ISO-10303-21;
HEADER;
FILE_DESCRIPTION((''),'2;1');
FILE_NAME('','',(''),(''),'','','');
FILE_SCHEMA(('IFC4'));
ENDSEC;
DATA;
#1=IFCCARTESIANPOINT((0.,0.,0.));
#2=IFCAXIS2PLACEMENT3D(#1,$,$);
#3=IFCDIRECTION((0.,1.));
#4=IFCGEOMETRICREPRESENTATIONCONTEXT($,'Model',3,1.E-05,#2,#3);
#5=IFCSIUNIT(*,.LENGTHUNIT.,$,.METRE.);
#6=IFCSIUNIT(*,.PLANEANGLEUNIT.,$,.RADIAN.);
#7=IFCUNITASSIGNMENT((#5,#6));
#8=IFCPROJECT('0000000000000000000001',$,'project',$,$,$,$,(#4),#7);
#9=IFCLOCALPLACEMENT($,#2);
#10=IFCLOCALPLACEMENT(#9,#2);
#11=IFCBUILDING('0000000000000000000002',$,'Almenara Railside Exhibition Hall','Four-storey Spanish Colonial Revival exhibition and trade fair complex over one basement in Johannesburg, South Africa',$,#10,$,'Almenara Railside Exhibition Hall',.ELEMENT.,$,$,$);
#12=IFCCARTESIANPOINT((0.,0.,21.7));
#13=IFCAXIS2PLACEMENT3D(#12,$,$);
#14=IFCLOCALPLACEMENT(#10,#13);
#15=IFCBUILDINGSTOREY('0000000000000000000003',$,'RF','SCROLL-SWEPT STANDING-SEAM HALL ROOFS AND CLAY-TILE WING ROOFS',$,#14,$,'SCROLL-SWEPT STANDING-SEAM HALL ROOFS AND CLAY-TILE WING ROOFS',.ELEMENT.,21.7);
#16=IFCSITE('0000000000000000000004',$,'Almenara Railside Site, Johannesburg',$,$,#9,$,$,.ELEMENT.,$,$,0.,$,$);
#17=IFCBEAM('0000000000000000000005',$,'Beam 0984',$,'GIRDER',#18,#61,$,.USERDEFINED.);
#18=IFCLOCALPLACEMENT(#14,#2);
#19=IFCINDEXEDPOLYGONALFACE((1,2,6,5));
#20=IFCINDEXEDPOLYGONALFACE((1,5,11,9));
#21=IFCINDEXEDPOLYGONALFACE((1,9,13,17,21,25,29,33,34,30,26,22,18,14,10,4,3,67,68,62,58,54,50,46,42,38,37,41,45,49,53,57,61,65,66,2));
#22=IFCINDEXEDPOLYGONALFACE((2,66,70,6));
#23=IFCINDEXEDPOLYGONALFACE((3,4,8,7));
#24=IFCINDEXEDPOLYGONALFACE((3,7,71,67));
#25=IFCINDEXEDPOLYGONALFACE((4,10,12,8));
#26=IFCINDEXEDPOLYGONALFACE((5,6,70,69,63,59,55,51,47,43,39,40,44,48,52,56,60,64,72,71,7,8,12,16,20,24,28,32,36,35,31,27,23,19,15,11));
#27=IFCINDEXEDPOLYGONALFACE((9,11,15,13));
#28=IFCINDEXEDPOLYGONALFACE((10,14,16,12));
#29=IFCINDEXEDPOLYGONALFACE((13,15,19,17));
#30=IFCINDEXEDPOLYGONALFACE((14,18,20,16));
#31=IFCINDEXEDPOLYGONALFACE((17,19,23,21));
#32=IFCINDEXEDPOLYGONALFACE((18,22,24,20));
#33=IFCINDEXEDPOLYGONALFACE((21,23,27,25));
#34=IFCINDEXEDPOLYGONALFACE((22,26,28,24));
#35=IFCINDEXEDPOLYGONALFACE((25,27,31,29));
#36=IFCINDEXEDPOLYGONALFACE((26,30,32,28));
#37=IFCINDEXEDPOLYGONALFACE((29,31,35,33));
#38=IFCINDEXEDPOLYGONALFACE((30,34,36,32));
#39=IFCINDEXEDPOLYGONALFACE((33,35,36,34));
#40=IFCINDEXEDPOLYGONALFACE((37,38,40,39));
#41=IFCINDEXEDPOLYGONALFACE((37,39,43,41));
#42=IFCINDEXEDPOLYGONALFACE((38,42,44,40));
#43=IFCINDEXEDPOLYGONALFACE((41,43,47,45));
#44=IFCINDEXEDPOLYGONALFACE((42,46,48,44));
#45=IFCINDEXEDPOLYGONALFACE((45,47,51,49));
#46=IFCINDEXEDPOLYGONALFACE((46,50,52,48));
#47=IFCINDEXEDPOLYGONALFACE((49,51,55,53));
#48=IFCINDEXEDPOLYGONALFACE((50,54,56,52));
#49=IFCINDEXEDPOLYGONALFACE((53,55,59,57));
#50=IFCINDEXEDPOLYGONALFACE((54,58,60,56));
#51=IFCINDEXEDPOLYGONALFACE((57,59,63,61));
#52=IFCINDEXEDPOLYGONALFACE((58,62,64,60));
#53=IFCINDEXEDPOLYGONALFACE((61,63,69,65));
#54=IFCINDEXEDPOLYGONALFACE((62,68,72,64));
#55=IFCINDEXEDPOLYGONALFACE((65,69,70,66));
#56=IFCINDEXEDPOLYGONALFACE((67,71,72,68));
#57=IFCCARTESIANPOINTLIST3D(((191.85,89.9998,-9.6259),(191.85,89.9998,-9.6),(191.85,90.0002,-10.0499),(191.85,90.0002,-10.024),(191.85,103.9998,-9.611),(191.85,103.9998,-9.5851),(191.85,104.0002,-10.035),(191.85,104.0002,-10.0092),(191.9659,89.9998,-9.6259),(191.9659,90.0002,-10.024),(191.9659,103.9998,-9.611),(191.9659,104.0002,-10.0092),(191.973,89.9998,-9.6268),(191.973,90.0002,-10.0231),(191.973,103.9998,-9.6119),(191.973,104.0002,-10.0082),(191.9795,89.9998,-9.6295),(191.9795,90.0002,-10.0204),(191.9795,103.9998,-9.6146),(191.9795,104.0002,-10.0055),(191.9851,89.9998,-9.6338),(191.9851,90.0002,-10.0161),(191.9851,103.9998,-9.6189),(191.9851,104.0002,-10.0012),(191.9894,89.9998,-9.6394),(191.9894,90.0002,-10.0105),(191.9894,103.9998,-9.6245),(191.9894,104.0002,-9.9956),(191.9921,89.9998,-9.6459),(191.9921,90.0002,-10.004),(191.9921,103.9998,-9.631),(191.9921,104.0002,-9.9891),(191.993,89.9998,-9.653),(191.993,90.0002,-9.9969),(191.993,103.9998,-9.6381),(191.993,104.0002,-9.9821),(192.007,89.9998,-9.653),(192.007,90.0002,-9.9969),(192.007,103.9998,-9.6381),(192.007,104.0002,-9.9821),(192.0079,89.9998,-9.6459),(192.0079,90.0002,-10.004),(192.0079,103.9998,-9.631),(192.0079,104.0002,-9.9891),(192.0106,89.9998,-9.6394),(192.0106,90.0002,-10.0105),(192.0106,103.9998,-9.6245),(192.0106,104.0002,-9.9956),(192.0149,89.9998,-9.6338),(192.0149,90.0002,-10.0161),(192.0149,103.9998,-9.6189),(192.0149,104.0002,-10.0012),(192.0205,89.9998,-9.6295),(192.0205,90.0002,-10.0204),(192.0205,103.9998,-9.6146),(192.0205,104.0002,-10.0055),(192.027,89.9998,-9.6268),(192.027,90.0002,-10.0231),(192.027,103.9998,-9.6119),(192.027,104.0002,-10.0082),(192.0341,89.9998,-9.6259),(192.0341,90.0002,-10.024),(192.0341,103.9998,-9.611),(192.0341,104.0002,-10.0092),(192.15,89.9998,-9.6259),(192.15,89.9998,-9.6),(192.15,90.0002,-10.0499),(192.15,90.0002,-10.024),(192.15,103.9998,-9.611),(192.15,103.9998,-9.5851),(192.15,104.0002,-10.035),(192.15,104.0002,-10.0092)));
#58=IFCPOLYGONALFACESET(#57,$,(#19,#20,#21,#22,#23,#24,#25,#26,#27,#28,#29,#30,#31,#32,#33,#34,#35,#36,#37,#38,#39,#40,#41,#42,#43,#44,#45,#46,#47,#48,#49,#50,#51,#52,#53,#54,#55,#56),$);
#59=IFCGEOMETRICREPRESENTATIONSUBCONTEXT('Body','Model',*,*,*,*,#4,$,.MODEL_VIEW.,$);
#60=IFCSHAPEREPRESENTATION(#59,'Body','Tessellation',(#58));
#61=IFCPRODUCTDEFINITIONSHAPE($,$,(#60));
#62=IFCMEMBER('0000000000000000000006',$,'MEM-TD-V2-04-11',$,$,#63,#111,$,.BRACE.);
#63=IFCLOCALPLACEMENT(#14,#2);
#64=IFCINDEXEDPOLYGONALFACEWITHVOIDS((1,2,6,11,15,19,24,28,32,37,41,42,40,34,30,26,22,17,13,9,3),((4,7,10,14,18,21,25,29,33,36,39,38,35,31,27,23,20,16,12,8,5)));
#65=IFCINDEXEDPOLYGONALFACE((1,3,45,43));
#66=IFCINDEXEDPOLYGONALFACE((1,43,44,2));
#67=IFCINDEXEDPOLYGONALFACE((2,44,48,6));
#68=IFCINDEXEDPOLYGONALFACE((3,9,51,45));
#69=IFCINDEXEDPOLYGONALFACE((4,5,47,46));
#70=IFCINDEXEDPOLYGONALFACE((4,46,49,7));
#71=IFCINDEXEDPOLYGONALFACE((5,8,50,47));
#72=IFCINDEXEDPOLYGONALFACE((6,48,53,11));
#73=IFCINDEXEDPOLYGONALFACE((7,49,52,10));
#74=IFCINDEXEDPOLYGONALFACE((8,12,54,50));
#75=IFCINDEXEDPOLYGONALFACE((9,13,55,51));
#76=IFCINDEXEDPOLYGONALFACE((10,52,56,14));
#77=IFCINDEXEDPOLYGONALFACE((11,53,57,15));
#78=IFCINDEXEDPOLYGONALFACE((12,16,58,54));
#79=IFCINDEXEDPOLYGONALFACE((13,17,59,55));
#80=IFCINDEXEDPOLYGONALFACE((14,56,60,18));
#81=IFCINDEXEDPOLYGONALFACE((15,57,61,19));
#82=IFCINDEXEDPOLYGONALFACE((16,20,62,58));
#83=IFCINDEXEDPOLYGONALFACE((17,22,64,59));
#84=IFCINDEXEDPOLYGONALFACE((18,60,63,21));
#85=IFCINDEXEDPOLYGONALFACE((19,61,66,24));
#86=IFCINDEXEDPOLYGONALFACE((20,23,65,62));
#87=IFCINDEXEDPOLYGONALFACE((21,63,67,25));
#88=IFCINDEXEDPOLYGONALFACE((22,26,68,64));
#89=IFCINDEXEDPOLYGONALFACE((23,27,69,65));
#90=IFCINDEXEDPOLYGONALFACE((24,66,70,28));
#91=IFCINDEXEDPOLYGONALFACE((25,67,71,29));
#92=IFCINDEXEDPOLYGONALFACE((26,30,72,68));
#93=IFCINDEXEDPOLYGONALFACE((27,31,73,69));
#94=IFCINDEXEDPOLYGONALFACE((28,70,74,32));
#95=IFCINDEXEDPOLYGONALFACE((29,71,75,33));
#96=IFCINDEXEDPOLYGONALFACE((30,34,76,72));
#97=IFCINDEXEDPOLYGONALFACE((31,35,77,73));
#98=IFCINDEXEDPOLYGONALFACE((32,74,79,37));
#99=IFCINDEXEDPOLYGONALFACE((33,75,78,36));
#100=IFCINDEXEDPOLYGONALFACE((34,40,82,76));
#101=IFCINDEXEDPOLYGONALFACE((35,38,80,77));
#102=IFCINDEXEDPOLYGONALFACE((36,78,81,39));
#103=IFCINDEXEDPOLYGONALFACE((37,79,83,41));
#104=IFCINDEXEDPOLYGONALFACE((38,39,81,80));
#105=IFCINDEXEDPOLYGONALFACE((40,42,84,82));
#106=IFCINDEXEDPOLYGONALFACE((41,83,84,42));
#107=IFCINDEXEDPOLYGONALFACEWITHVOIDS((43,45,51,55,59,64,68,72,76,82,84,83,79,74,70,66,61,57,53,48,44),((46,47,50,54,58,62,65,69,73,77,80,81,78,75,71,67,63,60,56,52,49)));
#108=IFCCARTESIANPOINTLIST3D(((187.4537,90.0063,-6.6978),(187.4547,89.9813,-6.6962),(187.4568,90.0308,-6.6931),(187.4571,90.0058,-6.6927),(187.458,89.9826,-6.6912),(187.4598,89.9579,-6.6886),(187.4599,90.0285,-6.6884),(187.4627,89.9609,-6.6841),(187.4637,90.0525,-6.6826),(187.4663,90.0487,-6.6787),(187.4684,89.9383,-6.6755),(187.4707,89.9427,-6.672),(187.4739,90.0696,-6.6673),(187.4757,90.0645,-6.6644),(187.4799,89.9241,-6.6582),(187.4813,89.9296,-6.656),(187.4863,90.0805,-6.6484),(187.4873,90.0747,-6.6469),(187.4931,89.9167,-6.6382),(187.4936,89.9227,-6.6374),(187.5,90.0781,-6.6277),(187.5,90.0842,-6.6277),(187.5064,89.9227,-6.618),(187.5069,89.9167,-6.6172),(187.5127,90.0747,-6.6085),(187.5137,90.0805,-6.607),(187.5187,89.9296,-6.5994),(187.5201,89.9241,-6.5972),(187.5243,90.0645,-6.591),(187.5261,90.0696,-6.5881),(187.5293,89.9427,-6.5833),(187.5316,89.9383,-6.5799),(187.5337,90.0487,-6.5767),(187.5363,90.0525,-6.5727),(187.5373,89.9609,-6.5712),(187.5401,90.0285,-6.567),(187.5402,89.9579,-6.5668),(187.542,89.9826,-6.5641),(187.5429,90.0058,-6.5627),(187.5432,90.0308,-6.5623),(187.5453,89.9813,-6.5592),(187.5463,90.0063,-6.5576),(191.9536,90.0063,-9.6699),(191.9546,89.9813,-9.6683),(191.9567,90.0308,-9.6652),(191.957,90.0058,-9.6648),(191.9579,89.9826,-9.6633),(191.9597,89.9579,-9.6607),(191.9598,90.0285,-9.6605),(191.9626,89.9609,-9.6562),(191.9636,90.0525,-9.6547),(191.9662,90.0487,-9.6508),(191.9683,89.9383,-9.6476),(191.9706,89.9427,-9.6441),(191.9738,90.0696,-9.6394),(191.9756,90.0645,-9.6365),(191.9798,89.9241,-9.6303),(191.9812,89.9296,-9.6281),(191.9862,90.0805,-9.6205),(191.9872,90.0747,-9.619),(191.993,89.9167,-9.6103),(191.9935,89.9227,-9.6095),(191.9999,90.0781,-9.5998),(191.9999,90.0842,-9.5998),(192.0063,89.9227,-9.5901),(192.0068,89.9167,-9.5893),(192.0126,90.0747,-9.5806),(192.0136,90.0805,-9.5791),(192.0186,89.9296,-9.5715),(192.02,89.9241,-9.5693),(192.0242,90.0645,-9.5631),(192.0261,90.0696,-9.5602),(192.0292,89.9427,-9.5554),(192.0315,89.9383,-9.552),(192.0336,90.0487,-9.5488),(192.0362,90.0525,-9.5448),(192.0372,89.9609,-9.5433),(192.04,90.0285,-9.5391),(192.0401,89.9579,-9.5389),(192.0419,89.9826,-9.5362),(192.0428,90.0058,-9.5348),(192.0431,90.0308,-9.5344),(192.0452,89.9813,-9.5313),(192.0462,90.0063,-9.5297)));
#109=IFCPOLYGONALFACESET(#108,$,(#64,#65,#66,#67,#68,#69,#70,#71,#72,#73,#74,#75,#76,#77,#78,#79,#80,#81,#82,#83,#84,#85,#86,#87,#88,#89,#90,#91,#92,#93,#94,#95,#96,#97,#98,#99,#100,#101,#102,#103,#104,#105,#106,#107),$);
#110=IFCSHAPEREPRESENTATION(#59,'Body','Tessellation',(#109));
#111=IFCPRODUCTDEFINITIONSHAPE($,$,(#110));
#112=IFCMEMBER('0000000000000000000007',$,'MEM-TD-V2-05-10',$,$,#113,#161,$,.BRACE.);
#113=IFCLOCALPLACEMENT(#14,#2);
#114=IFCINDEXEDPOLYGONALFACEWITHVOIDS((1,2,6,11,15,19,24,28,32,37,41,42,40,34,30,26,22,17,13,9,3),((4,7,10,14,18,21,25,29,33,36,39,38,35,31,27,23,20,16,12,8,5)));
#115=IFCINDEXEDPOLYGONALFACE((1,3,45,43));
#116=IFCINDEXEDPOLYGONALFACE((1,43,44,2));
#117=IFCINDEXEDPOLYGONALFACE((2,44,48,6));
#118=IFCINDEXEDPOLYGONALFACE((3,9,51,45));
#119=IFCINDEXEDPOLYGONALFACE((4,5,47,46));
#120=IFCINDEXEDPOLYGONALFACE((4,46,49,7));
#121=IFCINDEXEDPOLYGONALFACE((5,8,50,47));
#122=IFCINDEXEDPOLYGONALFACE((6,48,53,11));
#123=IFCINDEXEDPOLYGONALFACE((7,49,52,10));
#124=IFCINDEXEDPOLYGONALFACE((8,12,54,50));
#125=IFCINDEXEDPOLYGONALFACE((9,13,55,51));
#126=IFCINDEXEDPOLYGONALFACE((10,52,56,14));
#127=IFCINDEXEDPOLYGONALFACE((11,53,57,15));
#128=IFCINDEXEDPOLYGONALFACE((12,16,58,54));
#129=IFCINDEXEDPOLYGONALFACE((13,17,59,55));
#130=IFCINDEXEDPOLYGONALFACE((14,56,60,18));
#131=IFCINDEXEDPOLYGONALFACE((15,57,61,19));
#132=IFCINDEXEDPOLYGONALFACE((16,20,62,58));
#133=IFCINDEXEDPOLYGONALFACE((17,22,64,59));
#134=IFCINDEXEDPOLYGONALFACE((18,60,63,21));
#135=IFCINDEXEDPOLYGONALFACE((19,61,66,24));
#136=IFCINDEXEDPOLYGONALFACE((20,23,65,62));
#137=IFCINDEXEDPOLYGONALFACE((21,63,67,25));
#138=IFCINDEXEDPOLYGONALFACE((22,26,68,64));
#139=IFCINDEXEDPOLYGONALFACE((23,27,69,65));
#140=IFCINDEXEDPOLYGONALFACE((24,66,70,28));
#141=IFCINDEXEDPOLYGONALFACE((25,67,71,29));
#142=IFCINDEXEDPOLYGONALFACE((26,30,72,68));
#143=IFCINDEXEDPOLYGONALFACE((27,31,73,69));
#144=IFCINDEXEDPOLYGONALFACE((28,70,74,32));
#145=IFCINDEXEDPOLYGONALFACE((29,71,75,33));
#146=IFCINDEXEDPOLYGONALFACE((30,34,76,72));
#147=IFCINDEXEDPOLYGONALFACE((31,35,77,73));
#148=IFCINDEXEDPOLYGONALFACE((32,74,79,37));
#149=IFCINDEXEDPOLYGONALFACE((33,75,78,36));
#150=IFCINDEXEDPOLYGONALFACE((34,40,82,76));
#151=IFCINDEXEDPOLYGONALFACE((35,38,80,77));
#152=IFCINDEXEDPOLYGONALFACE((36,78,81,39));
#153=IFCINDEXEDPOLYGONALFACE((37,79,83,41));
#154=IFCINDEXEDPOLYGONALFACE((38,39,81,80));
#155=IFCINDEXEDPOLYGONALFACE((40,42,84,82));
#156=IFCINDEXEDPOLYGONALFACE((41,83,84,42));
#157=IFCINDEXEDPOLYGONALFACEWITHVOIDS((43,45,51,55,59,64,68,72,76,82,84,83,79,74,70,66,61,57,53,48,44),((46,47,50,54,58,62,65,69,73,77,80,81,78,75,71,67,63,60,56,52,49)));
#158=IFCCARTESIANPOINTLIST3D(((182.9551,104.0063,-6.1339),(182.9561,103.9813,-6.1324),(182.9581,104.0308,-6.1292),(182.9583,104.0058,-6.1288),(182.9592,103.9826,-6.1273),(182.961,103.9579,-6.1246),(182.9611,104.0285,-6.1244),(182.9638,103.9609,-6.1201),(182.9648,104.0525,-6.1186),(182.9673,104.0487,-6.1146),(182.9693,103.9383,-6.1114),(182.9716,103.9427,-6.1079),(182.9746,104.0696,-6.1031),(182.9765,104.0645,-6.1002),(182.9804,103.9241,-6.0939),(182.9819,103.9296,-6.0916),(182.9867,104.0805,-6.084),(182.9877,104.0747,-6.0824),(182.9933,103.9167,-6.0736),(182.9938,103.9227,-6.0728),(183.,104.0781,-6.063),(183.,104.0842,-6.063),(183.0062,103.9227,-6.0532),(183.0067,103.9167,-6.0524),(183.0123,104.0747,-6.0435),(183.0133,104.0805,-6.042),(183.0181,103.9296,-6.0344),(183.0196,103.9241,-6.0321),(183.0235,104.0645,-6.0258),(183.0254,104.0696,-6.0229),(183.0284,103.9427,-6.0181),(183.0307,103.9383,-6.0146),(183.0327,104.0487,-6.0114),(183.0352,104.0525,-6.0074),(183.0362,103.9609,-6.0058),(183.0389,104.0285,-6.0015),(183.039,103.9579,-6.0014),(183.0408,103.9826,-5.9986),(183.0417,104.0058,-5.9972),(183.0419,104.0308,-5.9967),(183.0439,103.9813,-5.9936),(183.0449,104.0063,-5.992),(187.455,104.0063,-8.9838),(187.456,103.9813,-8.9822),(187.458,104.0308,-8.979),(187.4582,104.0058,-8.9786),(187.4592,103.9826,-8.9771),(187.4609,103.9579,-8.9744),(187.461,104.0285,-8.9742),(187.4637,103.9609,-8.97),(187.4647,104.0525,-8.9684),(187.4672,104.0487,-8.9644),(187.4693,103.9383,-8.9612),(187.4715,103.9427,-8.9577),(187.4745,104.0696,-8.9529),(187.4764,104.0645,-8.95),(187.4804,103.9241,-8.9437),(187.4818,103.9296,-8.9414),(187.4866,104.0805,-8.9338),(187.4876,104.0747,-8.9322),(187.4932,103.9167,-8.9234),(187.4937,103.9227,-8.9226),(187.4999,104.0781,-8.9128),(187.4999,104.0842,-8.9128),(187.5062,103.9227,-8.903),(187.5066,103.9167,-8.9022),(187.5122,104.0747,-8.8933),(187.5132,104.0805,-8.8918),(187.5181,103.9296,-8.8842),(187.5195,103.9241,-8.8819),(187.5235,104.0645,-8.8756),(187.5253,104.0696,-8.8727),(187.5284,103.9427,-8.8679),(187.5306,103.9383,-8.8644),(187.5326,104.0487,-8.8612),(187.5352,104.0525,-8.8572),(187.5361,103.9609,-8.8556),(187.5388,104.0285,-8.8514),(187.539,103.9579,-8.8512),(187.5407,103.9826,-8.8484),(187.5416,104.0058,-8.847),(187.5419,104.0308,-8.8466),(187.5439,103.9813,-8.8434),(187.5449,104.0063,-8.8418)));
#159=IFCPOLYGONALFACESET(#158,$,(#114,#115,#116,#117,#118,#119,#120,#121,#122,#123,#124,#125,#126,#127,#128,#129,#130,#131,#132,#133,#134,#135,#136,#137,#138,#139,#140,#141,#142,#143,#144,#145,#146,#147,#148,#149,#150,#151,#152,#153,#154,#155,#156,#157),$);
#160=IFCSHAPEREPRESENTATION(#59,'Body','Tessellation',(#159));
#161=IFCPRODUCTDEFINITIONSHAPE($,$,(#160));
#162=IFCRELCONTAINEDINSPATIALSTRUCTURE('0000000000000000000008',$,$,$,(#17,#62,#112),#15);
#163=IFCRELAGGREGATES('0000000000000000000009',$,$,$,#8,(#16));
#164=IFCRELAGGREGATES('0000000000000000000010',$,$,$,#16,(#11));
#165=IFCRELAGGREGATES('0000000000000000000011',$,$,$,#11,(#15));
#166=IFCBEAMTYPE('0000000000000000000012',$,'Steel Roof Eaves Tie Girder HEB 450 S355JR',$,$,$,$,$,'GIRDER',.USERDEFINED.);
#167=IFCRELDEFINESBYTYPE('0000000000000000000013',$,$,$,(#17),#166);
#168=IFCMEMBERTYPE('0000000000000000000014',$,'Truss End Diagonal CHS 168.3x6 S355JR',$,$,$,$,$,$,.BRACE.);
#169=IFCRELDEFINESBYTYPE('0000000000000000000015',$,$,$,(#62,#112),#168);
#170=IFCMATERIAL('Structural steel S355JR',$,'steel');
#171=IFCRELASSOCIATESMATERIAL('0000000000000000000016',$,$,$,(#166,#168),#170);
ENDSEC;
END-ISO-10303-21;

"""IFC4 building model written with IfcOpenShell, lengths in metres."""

from ifc_helpers import new_model, si_unit, direction, frame, origin, origin_2d, place, context, subcontext, project, spatial, hollow_circle, i_section, extrude, material, material_profile, profile_set, type_object, element, save


model = new_model("IFC4")

# Units and contexts
model_context = context("Model", 3, precision=1e-05, world=origin(), true_north=direction((0.0, 1.0)))
body_context = subcontext(model_context, "Body", "Model", "MODEL_VIEW")
ifc_project = project(units=[si_unit("LENGTHUNIT", "METRE"), si_unit("PLANEANGLEUNIT", "RADIAN")], contexts=[model_context])

# Site, building, storey
site_placement = place(None, origin())
site = spatial("IfcSite", under=ifc_project, at=site_placement, Name="Almenara Railside Site, Johannesburg", CompositionType="ELEMENT", RefElevation=0.0)
building_placement = place(site_placement, origin())
building = spatial("IfcBuilding", under=site, at=building_placement, Name="Almenara Railside Exhibition Hall", Description="Four-storey Spanish Colonial Revival exhibition and trade fair complex over one basement in Johannesburg, South Africa", LongName="Almenara Railside Exhibition Hall", CompositionType="ELEMENT")
storey_placement = place(building_placement, frame((0.0, 0.0, 21.7)))
storey = spatial("IfcBuildingStorey", under=building, at=storey_placement, Name="RF", Description="SCROLL-SWEPT STANDING-SEAM HALL ROOFS AND CLAY-TILE WING ROOFS", LongName="SCROLL-SWEPT STANDING-SEAM HALL ROOFS AND CLAY-TILE WING ROOFS", CompositionType="ELEMENT", Elevation=21.7)

# Shared definitions
ifc_material_1 = material(Name="Structural steel S355JR", Category="steel")

# Beam
ifc_material_profile_1 = material_profile(ifc_material_1, i_section(OverallWidth=0.3, OverallDepth=0.45, WebThickness=0.0139, FlangeThickness=0.0259, FilletRadius=0.0271, at=origin_2d()), Name="HEB 450")
ifc_profile_set_1 = profile_set([ifc_material_profile_1], Name="Structural steel S355JR")
beam_type = type_object("IfcBeamType", Name="Steel Roof Eaves Tie Girder HEB 450 S355JR", ElementType="GIRDER", PredefinedType="USERDEFINED", material=ifc_profile_set_1)
beam_placement = place(storey_placement, frame((192.0, 90.0, -9.825), z_axis=(0.0, 0.999999, 0.001064), x_axis=(-1.0, 0.0, 0.0)))
element("IfcBeam", 1, at=beam_placement, inside=storey, type_object=beam_type, Name="Beam 0984", ObjectType="GIRDER", PredefinedType="USERDEFINED", context=body_context, shape_type="SweptSolid", body=[
    extrude(i_section(OverallWidth=0.3, OverallDepth=0.45, WebThickness=0.0139, FlangeThickness=0.0259, FilletRadius=0.0271, at=origin_2d()), origin(), (0.0, 0.0, 1.0), 14.0),
])

# Members
ifc_material_profile_2 = material_profile(ifc_material_1, hollow_circle(Radius=0.0842, WallThickness=0.0061, at=origin_2d()), Name="CHS 168.3x6")
ifc_profile_set_2 = profile_set([ifc_material_profile_2], Name="Structural steel S355JR")
member_type_1 = type_object("IfcMemberType", Name="Truss End Diagonal CHS 168.3x6 S355JR", PredefinedType="BRACE", material=ifc_profile_set_2)
member_1_placement = place(storey_placement, frame((187.5, 90.0, -6.6277), z_axis=(0.834425, 0.0, -0.551122), x_axis=(0.0, 1.0, 0.0)))
element("IfcMember", 2, at=member_1_placement, inside=storey, type_object=member_type_1, Name="MEM-TD-V2-04-11", PredefinedType="BRACE", context=body_context, shape_type="SweptSolid", body=[
    extrude(hollow_circle(Radius=0.0842, WallThickness=0.0061, at=origin_2d()), origin(), (0.0, 0.0, 1.0), 5.3928),
])
member_2_placement = place(storey_placement, frame((183.0, 104.0, -6.063), z_axis=(0.844832, 0.0, -0.535032), x_axis=(0.0, 1.0, 0.0)))
element("IfcMember", 3, at=member_2_placement, inside=storey, type_object=member_type_1, Name="MEM-TD-V2-05-10", PredefinedType="BRACE", context=body_context, shape_type="SweptSolid", body=[
    extrude(hollow_circle(Radius=0.0842, WallThickness=0.0061, at=origin_2d()), origin(), (0.0, 0.0, 1.0), 5.3264),
])

save(model, "model.ifc")
